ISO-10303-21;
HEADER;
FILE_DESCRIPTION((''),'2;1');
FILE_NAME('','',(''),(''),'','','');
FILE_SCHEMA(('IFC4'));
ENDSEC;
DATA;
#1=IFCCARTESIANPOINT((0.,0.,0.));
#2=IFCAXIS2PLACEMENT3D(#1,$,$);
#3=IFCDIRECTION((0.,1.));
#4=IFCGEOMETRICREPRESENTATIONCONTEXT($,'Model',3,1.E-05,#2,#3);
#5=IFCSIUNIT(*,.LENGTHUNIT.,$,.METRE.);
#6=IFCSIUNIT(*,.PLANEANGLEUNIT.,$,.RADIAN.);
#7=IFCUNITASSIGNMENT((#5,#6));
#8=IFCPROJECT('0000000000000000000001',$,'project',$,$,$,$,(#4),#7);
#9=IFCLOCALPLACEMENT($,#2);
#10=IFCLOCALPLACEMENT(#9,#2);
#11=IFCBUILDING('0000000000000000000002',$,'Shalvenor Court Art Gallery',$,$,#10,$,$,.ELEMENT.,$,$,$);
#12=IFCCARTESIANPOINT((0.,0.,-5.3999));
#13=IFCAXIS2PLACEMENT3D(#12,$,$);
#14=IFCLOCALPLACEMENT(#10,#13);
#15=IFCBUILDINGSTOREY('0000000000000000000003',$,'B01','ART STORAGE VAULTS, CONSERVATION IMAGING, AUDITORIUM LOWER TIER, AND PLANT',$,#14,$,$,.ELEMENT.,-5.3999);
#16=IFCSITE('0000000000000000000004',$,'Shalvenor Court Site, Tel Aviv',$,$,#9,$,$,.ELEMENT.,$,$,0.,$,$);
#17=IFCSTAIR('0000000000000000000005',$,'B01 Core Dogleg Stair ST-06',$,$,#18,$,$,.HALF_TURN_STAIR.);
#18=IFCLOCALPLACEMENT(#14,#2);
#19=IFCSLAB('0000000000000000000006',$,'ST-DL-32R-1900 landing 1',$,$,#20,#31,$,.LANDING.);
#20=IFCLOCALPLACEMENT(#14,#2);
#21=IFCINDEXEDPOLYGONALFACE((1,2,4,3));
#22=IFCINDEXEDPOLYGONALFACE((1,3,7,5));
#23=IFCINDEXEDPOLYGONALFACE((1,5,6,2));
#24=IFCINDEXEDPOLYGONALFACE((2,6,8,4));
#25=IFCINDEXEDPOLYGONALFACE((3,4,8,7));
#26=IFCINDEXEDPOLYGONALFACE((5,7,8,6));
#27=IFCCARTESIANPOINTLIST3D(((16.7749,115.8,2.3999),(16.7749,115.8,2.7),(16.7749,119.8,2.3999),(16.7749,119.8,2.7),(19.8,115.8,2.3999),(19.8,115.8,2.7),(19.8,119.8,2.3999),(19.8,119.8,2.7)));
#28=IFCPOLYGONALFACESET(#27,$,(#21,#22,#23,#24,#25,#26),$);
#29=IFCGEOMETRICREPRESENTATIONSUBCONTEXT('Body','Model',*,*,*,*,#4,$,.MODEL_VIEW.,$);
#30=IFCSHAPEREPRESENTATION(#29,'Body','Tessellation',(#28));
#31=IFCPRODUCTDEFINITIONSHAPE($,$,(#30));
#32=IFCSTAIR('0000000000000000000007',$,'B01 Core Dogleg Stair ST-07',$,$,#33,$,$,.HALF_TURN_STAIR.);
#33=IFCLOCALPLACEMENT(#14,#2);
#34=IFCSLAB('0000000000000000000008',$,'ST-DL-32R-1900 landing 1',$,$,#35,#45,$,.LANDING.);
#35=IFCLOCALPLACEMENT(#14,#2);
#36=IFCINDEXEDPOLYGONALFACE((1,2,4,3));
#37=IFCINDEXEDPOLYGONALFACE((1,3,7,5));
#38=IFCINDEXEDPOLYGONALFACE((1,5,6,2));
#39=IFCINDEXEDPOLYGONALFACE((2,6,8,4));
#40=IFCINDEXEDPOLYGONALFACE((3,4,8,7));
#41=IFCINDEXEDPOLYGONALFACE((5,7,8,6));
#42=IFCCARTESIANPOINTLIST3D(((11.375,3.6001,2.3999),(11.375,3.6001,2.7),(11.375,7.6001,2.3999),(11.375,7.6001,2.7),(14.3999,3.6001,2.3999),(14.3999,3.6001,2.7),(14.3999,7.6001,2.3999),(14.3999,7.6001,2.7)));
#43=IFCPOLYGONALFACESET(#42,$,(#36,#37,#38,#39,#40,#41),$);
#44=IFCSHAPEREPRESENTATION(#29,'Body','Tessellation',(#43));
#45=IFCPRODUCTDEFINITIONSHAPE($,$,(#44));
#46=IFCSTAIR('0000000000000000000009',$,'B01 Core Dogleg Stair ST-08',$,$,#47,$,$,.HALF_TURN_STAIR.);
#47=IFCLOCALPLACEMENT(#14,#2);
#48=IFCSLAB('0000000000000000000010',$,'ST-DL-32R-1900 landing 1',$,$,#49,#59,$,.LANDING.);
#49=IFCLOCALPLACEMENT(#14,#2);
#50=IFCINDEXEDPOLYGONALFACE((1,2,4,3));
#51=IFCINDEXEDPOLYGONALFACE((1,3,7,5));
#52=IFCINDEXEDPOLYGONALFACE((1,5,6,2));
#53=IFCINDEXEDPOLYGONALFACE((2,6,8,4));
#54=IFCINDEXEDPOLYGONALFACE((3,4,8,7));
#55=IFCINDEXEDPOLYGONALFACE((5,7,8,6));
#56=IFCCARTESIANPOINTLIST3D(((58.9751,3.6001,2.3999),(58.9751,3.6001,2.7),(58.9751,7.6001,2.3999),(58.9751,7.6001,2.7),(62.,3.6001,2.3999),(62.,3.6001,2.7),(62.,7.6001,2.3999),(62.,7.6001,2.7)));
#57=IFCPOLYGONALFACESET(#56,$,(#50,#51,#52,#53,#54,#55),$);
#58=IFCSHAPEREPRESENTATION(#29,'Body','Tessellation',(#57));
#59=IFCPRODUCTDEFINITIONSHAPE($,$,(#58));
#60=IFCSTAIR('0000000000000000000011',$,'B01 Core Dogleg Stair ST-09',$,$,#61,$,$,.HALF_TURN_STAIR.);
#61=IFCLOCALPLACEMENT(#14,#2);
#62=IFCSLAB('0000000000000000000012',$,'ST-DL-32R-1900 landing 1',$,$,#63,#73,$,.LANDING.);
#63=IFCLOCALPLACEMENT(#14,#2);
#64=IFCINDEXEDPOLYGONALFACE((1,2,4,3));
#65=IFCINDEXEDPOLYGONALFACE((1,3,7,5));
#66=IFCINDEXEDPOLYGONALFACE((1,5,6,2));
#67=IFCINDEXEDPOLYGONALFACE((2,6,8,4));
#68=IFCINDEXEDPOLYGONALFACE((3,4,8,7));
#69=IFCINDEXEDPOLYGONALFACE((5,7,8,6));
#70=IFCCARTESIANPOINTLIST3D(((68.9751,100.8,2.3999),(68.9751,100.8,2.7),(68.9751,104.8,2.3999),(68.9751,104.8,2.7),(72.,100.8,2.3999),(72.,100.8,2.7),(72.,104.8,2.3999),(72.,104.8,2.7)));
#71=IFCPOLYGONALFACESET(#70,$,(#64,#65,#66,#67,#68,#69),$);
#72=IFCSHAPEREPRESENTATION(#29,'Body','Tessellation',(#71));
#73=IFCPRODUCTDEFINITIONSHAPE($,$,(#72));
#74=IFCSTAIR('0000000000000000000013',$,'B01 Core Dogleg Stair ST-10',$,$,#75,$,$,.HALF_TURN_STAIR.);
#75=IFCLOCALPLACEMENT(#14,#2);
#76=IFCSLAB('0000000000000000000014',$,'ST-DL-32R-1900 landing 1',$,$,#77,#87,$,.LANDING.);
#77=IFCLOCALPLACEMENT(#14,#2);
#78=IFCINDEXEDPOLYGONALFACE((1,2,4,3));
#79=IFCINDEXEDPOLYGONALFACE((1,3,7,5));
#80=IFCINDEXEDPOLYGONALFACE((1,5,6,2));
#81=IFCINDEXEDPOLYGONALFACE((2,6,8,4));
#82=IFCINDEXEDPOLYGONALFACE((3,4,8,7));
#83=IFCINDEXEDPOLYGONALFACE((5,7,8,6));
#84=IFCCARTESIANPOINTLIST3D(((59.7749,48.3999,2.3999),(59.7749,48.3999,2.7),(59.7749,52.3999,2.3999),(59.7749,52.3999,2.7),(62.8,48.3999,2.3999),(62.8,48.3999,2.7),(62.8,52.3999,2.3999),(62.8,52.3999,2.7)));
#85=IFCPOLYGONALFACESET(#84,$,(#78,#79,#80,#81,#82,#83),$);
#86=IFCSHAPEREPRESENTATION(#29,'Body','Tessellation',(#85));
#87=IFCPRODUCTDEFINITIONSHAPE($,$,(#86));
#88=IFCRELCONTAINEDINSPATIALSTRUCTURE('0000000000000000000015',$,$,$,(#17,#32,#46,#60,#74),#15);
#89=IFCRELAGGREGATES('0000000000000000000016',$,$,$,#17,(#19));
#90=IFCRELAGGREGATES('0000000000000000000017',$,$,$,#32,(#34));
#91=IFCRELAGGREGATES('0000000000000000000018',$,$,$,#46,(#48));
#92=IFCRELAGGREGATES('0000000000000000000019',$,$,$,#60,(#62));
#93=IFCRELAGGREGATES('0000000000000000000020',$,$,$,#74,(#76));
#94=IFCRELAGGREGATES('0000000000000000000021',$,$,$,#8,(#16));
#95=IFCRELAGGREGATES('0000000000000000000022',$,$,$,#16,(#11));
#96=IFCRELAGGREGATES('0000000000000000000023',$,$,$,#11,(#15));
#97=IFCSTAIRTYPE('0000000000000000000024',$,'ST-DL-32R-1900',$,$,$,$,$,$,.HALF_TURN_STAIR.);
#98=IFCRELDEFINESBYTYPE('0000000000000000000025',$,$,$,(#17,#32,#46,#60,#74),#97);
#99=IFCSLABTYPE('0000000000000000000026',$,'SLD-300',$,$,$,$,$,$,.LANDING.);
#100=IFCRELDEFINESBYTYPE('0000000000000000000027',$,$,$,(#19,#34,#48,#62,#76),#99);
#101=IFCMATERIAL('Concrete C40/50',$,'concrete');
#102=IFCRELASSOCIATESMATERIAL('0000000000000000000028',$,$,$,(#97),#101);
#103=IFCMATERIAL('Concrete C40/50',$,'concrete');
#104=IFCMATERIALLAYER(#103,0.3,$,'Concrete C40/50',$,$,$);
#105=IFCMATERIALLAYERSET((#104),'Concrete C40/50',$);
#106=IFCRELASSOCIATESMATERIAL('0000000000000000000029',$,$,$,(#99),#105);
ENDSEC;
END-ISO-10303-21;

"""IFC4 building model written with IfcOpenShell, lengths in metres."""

from ifc_helpers import new_model, si_unit, direction, frame, origin, place, context, subcontext, project, spatial, polyline, outline, extrude, material, layer, layer_set, type_object, element, aggregate, save


model = new_model("IFC4")

# Units and contexts
model_context = context("Model", 3, precision=1e-05, world=origin(), true_north=direction((0.0, 1.0)))
body_context = subcontext(model_context, "Body", "Model", "MODEL_VIEW")
ifc_project = project(units=[si_unit("LENGTHUNIT", "METRE"), si_unit("PLANEANGLEUNIT", "RADIAN")], contexts=[model_context])

# Site, building, storey
site_placement = place(None, origin())
site = spatial("IfcSite", under=ifc_project, at=site_placement, Name="Shalvenor Court Site, Tel Aviv", CompositionType="ELEMENT", RefElevation=0.0)
building_placement = place(site_placement, origin())
building = spatial("IfcBuilding", under=site, at=building_placement, Name="Shalvenor Court Art Gallery", CompositionType="ELEMENT")
storey_placement = place(building_placement, frame((0.0, 0.0, -5.3999)))
storey = spatial("IfcBuildingStorey", under=building, at=storey_placement, Name="B01", Description="ART STORAGE VAULTS, CONSERVATION IMAGING, AUDITORIUM LOWER TIER, AND PLANT", CompositionType="ELEMENT", Elevation=-5.3999)

# Stairs, slabs
ifc_material_1 = material(Name="Concrete C40/50", Category="concrete")
stair_type_1 = type_object("IfcStairType", Name="ST-DL-32R-1900", PredefinedType="HALF_TURN_STAIR", material=ifc_material_1)
ifc_material_2 = material(Name="Concrete C40/50", Category="concrete")
ifc_layer_1 = layer(ifc_material_2, 0.3, Name="Concrete C40/50")
ifc_layer_set_1 = layer_set([ifc_layer_1], Name="Concrete C40/50")
slab_type_1 = type_object("IfcSlabType", Name="SLD-300", PredefinedType="LANDING", material=ifc_layer_set_1)
stair_1_placement = place(storey_placement, origin())
stair_1 = element("IfcStair", 1, at=stair_1_placement, inside=storey, type_object=stair_type_1, Name="B01 Core Dogleg Stair ST-06", PredefinedType="HALF_TURN_STAIR")
slab_1_placement = place(storey_placement, frame((0.0, 0.0, 2.3999)))
slab_1 = element("IfcSlab", 2, at=slab_1_placement, type_object=slab_type_1, Name="ST-DL-32R-1900 landing 1", PredefinedType="LANDING", context=body_context, shape_type="SweptSolid", body=[
    extrude(outline(polyline([(16.7749, 115.8), (19.8, 115.8), (19.8, 119.8), (16.7749, 119.8), (16.7749, 115.8)])), origin(), (0.0, 0.0, 1.0), 0.3),
])
aggregate(stair_1, [slab_1])
stair_2_placement = place(storey_placement, origin())
stair_2 = element("IfcStair", 3, at=stair_2_placement, inside=storey, type_object=stair_type_1, Name="B01 Core Dogleg Stair ST-07", PredefinedType="HALF_TURN_STAIR")
slab_2_placement = place(storey_placement, frame((0.0, 0.0, 2.3999)))
slab_2 = element("IfcSlab", 4, at=slab_2_placement, type_object=slab_type_1, Name="ST-DL-32R-1900 landing 1", PredefinedType="LANDING", context=body_context, shape_type="SweptSolid", body=[
    extrude(outline(polyline([(11.375, 3.6001), (14.3999, 3.6001), (14.3999, 7.6001), (11.375, 7.6001), (11.375, 3.6001)])), origin(), (0.0, 0.0, 1.0), 0.3),
])
aggregate(stair_2, [slab_2])
stair_3_placement = place(storey_placement, origin())
stair_3 = element("IfcStair", 5, at=stair_3_placement, inside=storey, type_object=stair_type_1, Name="B01 Core Dogleg Stair ST-08", PredefinedType="HALF_TURN_STAIR")
slab_3_placement = place(storey_placement, frame((0.0, 0.0, 2.3999)))
slab_3 = element("IfcSlab", 6, at=slab_3_placement, type_object=slab_type_1, Name="ST-DL-32R-1900 landing 1", PredefinedType="LANDING", context=body_context, shape_type="SweptSolid", body=[
    extrude(outline(polyline([(58.9751, 3.6001), (62.0, 3.6001), (62.0, 7.6001), (58.9751, 7.6001), (58.9751, 3.6001)])), origin(), (0.0, 0.0, 1.0), 0.3),
])
aggregate(stair_3, [slab_3])
stair_4_placement = place(storey_placement, origin())
stair_4 = element("IfcStair", 7, at=stair_4_placement, inside=storey, type_object=stair_type_1, Name="B01 Core Dogleg Stair ST-09", PredefinedType="HALF_TURN_STAIR")
slab_4_placement = place(storey_placement, frame((0.0, 0.0, 2.3999)))
slab_4 = element("IfcSlab", 8, at=slab_4_placement, type_object=slab_type_1, Name="ST-DL-32R-1900 landing 1", PredefinedType="LANDING", context=body_context, shape_type="SweptSolid", body=[
    extrude(outline(polyline([(68.9751, 100.8), (72.0, 100.8), (72.0, 104.8), (68.9751, 104.8), (68.9751, 100.8)])), origin(), (0.0, 0.0, 1.0), 0.3),
])
aggregate(stair_4, [slab_4])
stair_5_placement = place(storey_placement, origin())
stair_5 = element("IfcStair", 9, at=stair_5_placement, inside=storey, type_object=stair_type_1, Name="B01 Core Dogleg Stair ST-10", PredefinedType="HALF_TURN_STAIR")
slab_5_placement = place(storey_placement, frame((0.0, 0.0, 2.3999)))
slab_5 = element("IfcSlab", 10, at=slab_5_placement, type_object=slab_type_1, Name="ST-DL-32R-1900 landing 1", PredefinedType="LANDING", context=body_context, shape_type="SweptSolid", body=[
    extrude(outline(polyline([(59.7749, 48.3999), (62.8, 48.3999), (62.8, 52.3999), (59.7749, 52.3999), (59.7749, 48.3999)])), origin(), (0.0, 0.0, 1.0), 0.3),
])
aggregate(stair_5, [slab_5])

save(model, "model.ifc")
